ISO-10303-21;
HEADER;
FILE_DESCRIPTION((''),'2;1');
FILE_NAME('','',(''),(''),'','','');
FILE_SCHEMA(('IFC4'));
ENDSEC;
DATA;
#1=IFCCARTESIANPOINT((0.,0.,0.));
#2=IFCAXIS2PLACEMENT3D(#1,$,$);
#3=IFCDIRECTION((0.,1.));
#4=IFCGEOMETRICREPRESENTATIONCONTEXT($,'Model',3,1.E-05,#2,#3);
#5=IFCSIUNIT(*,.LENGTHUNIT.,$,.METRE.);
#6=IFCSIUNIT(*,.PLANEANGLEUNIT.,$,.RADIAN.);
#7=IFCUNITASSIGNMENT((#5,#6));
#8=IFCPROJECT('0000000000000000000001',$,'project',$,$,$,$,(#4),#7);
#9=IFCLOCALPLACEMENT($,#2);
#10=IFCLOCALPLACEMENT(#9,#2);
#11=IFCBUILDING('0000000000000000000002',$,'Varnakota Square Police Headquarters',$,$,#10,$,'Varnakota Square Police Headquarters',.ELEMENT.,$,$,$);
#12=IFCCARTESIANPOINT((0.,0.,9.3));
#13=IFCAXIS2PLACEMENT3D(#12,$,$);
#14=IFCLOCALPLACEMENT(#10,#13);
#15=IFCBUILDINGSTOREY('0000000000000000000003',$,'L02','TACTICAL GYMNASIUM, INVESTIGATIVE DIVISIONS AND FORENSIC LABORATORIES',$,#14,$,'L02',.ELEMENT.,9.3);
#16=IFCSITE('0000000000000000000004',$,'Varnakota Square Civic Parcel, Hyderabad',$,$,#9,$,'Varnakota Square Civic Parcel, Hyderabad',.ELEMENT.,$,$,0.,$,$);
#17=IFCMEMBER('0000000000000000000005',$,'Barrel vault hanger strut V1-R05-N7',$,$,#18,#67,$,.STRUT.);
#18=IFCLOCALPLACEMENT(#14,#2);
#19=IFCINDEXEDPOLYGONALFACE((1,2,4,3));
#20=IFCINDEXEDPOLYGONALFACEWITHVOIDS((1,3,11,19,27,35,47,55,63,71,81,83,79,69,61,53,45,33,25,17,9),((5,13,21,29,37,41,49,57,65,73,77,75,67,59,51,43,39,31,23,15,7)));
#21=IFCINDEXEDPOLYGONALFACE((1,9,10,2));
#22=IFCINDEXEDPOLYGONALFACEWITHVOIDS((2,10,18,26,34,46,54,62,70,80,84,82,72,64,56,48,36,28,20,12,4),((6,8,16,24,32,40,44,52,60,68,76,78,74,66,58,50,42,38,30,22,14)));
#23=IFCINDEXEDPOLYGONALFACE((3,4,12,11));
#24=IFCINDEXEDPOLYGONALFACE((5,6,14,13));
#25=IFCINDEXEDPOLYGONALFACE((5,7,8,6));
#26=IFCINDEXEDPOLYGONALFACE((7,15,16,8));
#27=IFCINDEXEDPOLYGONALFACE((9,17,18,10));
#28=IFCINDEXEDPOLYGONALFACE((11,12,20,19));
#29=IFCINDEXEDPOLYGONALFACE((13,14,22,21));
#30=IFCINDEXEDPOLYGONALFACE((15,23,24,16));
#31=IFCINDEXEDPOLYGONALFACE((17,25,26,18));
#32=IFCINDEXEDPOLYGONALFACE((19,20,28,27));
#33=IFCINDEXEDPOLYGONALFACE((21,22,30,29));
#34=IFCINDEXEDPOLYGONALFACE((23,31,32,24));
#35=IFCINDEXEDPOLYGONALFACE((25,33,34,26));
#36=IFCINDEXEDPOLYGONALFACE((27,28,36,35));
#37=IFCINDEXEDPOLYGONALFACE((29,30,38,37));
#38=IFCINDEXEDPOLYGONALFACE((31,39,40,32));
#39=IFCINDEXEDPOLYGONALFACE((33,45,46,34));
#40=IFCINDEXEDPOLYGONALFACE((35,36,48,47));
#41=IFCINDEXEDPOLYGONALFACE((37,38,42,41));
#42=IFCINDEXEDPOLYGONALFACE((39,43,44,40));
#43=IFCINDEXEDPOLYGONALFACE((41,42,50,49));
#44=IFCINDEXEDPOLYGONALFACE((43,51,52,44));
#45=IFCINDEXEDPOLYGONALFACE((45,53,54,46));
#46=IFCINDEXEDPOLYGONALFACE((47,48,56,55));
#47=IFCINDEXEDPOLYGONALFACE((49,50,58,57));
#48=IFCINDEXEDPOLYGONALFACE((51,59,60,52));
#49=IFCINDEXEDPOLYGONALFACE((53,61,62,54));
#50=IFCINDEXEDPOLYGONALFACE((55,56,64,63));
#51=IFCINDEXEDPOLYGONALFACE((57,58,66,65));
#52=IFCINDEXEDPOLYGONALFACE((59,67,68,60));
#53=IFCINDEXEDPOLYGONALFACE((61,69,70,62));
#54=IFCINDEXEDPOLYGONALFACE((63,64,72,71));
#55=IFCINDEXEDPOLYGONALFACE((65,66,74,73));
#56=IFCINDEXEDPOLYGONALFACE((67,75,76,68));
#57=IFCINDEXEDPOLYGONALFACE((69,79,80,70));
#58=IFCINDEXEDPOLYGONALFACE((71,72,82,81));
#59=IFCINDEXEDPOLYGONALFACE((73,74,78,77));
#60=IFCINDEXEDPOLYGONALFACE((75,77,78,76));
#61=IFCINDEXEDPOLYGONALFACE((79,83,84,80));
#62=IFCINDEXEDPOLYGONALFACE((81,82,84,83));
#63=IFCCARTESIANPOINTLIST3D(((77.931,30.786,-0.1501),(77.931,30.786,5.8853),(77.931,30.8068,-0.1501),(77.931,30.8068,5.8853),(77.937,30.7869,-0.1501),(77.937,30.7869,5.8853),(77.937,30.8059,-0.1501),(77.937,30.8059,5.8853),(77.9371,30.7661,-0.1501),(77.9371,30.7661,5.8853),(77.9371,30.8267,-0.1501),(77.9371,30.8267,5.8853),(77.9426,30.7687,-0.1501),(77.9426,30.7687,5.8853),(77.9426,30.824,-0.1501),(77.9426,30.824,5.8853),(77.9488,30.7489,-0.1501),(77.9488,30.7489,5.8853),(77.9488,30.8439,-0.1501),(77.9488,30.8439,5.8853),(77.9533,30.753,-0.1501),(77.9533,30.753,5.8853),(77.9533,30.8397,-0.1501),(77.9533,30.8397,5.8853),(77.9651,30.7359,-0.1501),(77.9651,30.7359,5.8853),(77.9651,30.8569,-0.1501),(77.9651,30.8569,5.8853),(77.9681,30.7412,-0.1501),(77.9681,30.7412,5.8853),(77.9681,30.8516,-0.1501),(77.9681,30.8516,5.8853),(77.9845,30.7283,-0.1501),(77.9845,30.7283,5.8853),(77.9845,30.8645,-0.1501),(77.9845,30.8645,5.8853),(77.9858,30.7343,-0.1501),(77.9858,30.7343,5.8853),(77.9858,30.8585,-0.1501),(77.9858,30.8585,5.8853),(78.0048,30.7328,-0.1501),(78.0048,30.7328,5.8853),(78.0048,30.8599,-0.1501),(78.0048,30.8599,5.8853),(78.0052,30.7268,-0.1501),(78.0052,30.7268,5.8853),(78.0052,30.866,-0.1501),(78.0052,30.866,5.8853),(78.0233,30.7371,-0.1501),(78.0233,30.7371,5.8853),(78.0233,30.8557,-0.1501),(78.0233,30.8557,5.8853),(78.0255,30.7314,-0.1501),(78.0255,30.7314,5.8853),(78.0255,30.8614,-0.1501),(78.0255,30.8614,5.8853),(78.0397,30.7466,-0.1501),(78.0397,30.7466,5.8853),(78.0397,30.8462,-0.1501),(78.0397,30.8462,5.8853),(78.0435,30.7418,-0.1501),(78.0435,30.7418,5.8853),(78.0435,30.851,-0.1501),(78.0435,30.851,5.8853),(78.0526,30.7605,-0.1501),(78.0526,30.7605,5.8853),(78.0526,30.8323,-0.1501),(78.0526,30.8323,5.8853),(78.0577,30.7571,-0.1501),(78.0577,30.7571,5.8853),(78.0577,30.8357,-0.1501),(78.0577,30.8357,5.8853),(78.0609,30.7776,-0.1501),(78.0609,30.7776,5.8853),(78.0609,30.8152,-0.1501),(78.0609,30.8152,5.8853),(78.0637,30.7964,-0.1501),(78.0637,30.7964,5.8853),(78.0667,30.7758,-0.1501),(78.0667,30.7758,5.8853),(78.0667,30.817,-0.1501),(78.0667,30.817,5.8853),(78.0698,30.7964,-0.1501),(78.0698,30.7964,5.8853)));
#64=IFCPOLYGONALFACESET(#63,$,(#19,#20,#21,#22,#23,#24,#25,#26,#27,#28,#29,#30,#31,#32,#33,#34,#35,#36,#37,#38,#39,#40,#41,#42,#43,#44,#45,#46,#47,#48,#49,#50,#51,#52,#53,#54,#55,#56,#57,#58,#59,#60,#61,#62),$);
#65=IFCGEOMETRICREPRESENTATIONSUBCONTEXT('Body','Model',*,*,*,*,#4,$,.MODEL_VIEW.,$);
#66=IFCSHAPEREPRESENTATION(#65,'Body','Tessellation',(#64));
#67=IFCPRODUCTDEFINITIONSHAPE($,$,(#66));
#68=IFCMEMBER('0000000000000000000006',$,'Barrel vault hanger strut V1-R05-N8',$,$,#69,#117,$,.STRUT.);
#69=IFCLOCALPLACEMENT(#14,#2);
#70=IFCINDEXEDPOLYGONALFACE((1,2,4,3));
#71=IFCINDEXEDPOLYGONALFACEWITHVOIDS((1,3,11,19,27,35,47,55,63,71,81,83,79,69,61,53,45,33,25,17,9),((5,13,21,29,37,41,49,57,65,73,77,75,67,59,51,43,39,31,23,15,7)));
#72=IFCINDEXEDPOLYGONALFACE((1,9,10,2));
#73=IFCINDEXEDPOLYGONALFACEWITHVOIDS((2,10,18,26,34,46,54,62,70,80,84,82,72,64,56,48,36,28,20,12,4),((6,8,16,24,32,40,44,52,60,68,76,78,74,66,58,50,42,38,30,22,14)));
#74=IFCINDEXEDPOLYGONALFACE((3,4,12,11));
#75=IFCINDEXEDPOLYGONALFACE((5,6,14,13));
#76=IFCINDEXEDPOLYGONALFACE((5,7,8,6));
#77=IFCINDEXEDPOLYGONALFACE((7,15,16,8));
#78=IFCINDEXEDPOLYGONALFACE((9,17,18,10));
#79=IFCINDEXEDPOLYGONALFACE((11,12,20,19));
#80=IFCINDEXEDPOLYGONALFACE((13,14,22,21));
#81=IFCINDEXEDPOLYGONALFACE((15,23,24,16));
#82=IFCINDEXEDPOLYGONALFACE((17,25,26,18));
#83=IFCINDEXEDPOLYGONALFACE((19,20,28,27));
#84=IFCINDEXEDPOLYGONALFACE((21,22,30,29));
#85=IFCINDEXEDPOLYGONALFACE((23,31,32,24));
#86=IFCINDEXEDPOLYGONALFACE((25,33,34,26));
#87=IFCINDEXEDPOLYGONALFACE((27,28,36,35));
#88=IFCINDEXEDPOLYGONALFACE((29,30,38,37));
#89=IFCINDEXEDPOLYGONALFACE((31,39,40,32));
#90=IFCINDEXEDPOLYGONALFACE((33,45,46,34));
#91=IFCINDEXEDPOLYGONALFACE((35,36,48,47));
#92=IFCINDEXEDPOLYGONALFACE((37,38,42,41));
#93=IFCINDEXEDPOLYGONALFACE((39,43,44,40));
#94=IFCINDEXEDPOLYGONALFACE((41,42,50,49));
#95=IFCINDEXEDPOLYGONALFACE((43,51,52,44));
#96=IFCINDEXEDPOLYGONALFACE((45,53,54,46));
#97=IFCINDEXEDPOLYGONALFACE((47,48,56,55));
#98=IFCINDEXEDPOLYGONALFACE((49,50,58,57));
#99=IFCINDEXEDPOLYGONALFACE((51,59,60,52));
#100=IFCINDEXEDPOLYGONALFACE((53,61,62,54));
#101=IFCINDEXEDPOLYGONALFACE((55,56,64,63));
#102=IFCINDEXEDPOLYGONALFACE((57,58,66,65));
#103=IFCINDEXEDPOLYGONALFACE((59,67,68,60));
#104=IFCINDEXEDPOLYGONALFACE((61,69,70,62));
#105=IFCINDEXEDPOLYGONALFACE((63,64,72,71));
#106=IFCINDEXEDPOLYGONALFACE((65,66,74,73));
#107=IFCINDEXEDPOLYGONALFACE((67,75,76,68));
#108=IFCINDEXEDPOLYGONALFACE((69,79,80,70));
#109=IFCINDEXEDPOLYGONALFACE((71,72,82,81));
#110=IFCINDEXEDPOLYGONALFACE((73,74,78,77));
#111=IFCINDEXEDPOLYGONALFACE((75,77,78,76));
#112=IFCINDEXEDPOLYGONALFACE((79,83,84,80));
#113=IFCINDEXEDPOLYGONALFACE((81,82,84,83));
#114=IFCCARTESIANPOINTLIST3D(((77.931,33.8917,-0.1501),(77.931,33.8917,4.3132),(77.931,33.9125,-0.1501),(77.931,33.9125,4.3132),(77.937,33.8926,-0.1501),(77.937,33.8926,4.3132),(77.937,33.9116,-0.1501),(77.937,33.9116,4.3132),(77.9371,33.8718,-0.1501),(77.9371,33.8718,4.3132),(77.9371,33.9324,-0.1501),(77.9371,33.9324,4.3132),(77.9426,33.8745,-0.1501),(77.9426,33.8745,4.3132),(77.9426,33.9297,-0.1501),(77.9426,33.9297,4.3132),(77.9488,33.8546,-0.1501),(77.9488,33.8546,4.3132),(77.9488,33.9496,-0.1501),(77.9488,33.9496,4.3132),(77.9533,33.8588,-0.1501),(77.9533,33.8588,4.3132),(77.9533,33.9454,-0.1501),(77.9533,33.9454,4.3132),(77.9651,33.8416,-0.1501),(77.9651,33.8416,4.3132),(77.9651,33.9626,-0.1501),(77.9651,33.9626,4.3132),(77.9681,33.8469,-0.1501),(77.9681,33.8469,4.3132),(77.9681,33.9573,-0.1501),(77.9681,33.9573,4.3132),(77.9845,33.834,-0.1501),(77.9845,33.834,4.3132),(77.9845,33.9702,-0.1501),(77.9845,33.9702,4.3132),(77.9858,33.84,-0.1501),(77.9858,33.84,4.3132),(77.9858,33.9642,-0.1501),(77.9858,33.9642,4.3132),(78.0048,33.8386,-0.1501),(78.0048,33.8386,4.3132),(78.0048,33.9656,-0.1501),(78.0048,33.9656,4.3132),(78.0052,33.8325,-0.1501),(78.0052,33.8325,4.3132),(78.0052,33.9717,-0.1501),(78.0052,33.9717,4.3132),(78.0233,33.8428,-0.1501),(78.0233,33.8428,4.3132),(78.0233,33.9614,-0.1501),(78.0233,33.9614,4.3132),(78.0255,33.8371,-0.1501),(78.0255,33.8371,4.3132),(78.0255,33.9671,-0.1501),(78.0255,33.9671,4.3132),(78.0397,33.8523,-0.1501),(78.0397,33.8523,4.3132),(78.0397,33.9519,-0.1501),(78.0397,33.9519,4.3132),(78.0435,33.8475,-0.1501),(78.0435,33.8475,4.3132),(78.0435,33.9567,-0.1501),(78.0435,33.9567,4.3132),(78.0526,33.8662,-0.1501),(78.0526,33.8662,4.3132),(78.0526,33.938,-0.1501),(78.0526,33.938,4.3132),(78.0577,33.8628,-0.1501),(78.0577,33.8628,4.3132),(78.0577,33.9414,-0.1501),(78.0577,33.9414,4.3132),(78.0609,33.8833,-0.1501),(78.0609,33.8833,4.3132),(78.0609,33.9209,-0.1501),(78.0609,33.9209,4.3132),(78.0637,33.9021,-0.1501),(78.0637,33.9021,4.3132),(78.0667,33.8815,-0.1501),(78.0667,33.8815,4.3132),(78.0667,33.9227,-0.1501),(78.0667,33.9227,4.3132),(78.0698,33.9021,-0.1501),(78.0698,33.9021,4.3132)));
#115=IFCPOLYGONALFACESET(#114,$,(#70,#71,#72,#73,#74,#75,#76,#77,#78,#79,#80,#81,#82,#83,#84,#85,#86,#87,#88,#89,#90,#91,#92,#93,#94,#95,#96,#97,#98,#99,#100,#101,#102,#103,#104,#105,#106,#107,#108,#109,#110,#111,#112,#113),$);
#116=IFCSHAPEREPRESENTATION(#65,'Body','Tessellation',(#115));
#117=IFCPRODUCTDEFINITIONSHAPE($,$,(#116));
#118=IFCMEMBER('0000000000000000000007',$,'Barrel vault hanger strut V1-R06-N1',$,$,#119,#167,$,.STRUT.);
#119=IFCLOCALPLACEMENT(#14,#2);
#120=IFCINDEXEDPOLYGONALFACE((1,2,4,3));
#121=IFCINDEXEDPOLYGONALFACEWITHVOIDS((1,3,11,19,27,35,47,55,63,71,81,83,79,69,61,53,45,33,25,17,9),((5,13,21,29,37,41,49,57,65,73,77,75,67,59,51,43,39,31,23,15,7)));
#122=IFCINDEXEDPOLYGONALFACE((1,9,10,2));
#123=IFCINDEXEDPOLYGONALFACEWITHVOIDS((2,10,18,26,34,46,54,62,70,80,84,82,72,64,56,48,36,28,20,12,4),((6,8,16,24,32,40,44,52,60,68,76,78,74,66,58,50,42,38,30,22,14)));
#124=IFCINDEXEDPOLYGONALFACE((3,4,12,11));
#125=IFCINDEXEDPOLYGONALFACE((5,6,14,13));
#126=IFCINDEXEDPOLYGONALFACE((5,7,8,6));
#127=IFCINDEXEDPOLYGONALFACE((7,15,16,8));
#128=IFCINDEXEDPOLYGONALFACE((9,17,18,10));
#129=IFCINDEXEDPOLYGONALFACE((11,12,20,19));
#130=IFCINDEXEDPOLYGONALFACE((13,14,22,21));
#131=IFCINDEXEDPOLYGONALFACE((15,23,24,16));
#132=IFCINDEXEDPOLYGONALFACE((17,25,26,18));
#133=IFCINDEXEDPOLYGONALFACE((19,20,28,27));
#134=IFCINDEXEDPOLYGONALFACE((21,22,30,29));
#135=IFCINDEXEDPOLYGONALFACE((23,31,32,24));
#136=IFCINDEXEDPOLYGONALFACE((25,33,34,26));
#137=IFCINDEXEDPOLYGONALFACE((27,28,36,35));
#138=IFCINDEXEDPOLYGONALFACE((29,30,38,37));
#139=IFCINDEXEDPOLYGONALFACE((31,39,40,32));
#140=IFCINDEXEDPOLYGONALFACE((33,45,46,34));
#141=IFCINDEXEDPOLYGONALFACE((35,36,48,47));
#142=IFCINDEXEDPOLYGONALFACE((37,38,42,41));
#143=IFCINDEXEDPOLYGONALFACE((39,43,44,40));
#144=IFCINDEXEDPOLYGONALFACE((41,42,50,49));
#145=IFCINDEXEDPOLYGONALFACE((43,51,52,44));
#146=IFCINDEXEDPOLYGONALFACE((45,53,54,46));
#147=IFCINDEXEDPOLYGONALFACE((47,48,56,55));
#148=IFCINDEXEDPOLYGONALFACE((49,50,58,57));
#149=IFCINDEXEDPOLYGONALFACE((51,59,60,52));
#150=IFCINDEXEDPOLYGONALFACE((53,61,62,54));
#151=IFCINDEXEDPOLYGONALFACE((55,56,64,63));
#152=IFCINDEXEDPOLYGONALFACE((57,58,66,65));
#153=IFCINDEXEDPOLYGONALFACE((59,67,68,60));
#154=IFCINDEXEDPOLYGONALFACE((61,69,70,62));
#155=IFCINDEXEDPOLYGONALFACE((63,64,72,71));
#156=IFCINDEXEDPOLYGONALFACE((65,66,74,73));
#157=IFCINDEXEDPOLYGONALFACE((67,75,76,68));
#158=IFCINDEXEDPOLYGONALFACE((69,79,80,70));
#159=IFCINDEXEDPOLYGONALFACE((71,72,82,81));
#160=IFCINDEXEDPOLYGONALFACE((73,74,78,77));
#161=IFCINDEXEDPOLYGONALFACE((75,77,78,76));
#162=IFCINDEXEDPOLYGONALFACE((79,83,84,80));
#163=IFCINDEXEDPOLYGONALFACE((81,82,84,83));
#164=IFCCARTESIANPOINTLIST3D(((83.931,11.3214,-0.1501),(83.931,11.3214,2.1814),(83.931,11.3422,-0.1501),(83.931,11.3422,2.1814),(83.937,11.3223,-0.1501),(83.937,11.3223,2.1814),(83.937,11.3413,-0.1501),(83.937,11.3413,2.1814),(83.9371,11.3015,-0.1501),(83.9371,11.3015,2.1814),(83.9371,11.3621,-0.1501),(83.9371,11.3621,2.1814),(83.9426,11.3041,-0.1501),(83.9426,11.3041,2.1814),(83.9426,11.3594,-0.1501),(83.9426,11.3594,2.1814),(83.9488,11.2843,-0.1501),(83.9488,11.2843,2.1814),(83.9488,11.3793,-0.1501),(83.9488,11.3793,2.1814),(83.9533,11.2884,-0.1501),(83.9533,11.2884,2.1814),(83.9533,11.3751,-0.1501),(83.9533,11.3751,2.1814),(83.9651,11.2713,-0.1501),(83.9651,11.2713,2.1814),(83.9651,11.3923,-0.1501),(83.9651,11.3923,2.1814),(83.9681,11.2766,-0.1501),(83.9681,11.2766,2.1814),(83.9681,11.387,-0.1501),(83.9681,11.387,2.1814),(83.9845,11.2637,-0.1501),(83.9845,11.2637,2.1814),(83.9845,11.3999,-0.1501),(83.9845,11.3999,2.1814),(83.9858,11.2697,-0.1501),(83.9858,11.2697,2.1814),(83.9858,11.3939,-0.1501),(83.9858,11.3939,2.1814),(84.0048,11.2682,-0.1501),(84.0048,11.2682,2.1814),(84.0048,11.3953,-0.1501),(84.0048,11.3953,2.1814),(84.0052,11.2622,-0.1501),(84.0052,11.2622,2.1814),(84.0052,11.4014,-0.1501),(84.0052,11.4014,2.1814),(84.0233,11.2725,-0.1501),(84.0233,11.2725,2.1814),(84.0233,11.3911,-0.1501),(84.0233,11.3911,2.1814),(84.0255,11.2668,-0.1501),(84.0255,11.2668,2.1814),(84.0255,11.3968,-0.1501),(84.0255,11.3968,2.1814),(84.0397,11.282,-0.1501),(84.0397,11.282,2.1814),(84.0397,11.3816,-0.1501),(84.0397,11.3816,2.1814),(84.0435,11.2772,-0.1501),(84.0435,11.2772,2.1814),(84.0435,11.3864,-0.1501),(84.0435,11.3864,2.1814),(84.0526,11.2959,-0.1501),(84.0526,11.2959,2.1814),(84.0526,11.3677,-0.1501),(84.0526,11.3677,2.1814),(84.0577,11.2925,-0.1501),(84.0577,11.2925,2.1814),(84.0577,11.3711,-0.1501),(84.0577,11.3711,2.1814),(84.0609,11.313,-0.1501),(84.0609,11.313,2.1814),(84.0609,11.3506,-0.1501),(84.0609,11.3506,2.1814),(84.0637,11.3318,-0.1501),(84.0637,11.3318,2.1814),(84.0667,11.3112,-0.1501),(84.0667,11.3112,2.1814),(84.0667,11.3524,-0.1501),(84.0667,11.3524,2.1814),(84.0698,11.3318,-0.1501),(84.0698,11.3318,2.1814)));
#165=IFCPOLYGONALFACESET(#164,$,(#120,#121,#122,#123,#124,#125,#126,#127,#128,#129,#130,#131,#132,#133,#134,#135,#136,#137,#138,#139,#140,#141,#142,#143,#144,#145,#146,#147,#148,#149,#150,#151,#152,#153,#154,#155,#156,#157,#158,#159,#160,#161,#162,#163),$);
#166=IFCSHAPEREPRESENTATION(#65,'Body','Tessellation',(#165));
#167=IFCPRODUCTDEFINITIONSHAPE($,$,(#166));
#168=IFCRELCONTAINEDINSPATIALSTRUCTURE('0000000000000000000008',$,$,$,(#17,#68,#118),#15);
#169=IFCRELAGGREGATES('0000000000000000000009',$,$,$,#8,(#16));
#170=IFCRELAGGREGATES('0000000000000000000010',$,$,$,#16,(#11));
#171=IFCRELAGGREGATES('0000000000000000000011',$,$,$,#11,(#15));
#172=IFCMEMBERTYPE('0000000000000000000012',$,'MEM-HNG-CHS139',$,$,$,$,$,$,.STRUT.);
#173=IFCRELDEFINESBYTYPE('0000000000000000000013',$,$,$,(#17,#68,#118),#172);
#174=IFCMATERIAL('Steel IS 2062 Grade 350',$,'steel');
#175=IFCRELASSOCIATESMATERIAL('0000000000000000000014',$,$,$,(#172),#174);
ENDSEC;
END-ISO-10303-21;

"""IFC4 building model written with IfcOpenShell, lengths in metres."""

from ifc_helpers import new_model, si_unit, direction, frame, origin, origin_2d, place, context, subcontext, project, spatial, hollow_circle, extrude, material, material_profile, profile_set, type_object, element, save


model = new_model("IFC4")

# Units and contexts
model_context = context("Model", 3, precision=1e-05, world=origin(), true_north=direction((0.0, 1.0)))
body_context = subcontext(model_context, "Body", "Model", "MODEL_VIEW")
ifc_project = project(units=[si_unit("LENGTHUNIT", "METRE"), si_unit("PLANEANGLEUNIT", "RADIAN")], contexts=[model_context])

# Site, building, storey
site_placement = place(None, origin())
site = spatial("IfcSite", under=ifc_project, at=site_placement, Name="Varnakota Square Civic Parcel, Hyderabad", LongName="Varnakota Square Civic Parcel, Hyderabad", CompositionType="ELEMENT", RefElevation=0.0)
building_placement = place(site_placement, origin())
building = spatial("IfcBuilding", under=site, at=building_placement, Name="Varnakota Square Police Headquarters", LongName="Varnakota Square Police Headquarters", CompositionType="ELEMENT")
storey_placement = place(building_placement, frame((0.0, 0.0, 9.3)))
storey = spatial("IfcBuildingStorey", under=building, at=storey_placement, Name="L02", Description="TACTICAL GYMNASIUM, INVESTIGATIVE DIVISIONS AND FORENSIC LABORATORIES", LongName="L02", CompositionType="ELEMENT", Elevation=9.3)

# Shared definitions
ifc_material_1 = material(Name="Steel IS 2062 Grade 350", Category="steel")

# Members
ifc_material_profile_1 = material_profile(ifc_material_1, hollow_circle(Radius=0.0698, WallThickness=0.0061, at=origin_2d()), Name="CHS 139.7x6.0")
ifc_profile_set_1 = profile_set([ifc_material_profile_1], Name="Steel IS 2062 Grade 350")
member_type_1 = type_object("IfcMemberType", Name="MEM-HNG-CHS139", PredefinedType="STRUT", material=ifc_profile_set_1)
member_1_placement = place(storey_placement, frame((78.0, 30.7964, -0.1501), z_axis=(0.0, 0.0, 1.0), x_axis=(1.0, 0.0, 0.0)))
element("IfcMember", 1, at=member_1_placement, inside=storey, type_object=member_type_1, Name="Barrel vault hanger strut V1-R05-N7", PredefinedType="STRUT", context=body_context, shape_type="SweptSolid", body=[
    extrude(hollow_circle(Radius=0.0698, WallThickness=0.0061, at=origin_2d()), origin(), (0.0, 0.0, 1.0), 6.0354),
])
member_2_placement = place(storey_placement, frame((78.0, 33.9021, -0.1501), z_axis=(0.0, 0.0, 1.0), x_axis=(1.0, 0.0, 0.0)))
element("IfcMember", 2, at=member_2_placement, inside=storey, type_object=member_type_1, Name="Barrel vault hanger strut V1-R05-N8", PredefinedType="STRUT", context=body_context, shape_type="SweptSolid", body=[
    extrude(hollow_circle(Radius=0.0698, WallThickness=0.0061, at=origin_2d()), origin(), (0.0, 0.0, 1.0), 4.4634),
])
member_3_placement = place(storey_placement, frame((84.0, 11.3318, -0.1501), z_axis=(0.0, 0.0, 1.0), x_axis=(1.0, 0.0, 0.0)))
element("IfcMember", 3, at=member_3_placement, inside=storey, type_object=member_type_1, Name="Barrel vault hanger strut V1-R06-N1", PredefinedType="STRUT", context=body_context, shape_type="SweptSolid", body=[
    extrude(hollow_circle(Radius=0.0698, WallThickness=0.0061, at=origin_2d()), origin(), (0.0, 0.0, 1.0), 2.3315),
])

save(model, "model.ifc")
